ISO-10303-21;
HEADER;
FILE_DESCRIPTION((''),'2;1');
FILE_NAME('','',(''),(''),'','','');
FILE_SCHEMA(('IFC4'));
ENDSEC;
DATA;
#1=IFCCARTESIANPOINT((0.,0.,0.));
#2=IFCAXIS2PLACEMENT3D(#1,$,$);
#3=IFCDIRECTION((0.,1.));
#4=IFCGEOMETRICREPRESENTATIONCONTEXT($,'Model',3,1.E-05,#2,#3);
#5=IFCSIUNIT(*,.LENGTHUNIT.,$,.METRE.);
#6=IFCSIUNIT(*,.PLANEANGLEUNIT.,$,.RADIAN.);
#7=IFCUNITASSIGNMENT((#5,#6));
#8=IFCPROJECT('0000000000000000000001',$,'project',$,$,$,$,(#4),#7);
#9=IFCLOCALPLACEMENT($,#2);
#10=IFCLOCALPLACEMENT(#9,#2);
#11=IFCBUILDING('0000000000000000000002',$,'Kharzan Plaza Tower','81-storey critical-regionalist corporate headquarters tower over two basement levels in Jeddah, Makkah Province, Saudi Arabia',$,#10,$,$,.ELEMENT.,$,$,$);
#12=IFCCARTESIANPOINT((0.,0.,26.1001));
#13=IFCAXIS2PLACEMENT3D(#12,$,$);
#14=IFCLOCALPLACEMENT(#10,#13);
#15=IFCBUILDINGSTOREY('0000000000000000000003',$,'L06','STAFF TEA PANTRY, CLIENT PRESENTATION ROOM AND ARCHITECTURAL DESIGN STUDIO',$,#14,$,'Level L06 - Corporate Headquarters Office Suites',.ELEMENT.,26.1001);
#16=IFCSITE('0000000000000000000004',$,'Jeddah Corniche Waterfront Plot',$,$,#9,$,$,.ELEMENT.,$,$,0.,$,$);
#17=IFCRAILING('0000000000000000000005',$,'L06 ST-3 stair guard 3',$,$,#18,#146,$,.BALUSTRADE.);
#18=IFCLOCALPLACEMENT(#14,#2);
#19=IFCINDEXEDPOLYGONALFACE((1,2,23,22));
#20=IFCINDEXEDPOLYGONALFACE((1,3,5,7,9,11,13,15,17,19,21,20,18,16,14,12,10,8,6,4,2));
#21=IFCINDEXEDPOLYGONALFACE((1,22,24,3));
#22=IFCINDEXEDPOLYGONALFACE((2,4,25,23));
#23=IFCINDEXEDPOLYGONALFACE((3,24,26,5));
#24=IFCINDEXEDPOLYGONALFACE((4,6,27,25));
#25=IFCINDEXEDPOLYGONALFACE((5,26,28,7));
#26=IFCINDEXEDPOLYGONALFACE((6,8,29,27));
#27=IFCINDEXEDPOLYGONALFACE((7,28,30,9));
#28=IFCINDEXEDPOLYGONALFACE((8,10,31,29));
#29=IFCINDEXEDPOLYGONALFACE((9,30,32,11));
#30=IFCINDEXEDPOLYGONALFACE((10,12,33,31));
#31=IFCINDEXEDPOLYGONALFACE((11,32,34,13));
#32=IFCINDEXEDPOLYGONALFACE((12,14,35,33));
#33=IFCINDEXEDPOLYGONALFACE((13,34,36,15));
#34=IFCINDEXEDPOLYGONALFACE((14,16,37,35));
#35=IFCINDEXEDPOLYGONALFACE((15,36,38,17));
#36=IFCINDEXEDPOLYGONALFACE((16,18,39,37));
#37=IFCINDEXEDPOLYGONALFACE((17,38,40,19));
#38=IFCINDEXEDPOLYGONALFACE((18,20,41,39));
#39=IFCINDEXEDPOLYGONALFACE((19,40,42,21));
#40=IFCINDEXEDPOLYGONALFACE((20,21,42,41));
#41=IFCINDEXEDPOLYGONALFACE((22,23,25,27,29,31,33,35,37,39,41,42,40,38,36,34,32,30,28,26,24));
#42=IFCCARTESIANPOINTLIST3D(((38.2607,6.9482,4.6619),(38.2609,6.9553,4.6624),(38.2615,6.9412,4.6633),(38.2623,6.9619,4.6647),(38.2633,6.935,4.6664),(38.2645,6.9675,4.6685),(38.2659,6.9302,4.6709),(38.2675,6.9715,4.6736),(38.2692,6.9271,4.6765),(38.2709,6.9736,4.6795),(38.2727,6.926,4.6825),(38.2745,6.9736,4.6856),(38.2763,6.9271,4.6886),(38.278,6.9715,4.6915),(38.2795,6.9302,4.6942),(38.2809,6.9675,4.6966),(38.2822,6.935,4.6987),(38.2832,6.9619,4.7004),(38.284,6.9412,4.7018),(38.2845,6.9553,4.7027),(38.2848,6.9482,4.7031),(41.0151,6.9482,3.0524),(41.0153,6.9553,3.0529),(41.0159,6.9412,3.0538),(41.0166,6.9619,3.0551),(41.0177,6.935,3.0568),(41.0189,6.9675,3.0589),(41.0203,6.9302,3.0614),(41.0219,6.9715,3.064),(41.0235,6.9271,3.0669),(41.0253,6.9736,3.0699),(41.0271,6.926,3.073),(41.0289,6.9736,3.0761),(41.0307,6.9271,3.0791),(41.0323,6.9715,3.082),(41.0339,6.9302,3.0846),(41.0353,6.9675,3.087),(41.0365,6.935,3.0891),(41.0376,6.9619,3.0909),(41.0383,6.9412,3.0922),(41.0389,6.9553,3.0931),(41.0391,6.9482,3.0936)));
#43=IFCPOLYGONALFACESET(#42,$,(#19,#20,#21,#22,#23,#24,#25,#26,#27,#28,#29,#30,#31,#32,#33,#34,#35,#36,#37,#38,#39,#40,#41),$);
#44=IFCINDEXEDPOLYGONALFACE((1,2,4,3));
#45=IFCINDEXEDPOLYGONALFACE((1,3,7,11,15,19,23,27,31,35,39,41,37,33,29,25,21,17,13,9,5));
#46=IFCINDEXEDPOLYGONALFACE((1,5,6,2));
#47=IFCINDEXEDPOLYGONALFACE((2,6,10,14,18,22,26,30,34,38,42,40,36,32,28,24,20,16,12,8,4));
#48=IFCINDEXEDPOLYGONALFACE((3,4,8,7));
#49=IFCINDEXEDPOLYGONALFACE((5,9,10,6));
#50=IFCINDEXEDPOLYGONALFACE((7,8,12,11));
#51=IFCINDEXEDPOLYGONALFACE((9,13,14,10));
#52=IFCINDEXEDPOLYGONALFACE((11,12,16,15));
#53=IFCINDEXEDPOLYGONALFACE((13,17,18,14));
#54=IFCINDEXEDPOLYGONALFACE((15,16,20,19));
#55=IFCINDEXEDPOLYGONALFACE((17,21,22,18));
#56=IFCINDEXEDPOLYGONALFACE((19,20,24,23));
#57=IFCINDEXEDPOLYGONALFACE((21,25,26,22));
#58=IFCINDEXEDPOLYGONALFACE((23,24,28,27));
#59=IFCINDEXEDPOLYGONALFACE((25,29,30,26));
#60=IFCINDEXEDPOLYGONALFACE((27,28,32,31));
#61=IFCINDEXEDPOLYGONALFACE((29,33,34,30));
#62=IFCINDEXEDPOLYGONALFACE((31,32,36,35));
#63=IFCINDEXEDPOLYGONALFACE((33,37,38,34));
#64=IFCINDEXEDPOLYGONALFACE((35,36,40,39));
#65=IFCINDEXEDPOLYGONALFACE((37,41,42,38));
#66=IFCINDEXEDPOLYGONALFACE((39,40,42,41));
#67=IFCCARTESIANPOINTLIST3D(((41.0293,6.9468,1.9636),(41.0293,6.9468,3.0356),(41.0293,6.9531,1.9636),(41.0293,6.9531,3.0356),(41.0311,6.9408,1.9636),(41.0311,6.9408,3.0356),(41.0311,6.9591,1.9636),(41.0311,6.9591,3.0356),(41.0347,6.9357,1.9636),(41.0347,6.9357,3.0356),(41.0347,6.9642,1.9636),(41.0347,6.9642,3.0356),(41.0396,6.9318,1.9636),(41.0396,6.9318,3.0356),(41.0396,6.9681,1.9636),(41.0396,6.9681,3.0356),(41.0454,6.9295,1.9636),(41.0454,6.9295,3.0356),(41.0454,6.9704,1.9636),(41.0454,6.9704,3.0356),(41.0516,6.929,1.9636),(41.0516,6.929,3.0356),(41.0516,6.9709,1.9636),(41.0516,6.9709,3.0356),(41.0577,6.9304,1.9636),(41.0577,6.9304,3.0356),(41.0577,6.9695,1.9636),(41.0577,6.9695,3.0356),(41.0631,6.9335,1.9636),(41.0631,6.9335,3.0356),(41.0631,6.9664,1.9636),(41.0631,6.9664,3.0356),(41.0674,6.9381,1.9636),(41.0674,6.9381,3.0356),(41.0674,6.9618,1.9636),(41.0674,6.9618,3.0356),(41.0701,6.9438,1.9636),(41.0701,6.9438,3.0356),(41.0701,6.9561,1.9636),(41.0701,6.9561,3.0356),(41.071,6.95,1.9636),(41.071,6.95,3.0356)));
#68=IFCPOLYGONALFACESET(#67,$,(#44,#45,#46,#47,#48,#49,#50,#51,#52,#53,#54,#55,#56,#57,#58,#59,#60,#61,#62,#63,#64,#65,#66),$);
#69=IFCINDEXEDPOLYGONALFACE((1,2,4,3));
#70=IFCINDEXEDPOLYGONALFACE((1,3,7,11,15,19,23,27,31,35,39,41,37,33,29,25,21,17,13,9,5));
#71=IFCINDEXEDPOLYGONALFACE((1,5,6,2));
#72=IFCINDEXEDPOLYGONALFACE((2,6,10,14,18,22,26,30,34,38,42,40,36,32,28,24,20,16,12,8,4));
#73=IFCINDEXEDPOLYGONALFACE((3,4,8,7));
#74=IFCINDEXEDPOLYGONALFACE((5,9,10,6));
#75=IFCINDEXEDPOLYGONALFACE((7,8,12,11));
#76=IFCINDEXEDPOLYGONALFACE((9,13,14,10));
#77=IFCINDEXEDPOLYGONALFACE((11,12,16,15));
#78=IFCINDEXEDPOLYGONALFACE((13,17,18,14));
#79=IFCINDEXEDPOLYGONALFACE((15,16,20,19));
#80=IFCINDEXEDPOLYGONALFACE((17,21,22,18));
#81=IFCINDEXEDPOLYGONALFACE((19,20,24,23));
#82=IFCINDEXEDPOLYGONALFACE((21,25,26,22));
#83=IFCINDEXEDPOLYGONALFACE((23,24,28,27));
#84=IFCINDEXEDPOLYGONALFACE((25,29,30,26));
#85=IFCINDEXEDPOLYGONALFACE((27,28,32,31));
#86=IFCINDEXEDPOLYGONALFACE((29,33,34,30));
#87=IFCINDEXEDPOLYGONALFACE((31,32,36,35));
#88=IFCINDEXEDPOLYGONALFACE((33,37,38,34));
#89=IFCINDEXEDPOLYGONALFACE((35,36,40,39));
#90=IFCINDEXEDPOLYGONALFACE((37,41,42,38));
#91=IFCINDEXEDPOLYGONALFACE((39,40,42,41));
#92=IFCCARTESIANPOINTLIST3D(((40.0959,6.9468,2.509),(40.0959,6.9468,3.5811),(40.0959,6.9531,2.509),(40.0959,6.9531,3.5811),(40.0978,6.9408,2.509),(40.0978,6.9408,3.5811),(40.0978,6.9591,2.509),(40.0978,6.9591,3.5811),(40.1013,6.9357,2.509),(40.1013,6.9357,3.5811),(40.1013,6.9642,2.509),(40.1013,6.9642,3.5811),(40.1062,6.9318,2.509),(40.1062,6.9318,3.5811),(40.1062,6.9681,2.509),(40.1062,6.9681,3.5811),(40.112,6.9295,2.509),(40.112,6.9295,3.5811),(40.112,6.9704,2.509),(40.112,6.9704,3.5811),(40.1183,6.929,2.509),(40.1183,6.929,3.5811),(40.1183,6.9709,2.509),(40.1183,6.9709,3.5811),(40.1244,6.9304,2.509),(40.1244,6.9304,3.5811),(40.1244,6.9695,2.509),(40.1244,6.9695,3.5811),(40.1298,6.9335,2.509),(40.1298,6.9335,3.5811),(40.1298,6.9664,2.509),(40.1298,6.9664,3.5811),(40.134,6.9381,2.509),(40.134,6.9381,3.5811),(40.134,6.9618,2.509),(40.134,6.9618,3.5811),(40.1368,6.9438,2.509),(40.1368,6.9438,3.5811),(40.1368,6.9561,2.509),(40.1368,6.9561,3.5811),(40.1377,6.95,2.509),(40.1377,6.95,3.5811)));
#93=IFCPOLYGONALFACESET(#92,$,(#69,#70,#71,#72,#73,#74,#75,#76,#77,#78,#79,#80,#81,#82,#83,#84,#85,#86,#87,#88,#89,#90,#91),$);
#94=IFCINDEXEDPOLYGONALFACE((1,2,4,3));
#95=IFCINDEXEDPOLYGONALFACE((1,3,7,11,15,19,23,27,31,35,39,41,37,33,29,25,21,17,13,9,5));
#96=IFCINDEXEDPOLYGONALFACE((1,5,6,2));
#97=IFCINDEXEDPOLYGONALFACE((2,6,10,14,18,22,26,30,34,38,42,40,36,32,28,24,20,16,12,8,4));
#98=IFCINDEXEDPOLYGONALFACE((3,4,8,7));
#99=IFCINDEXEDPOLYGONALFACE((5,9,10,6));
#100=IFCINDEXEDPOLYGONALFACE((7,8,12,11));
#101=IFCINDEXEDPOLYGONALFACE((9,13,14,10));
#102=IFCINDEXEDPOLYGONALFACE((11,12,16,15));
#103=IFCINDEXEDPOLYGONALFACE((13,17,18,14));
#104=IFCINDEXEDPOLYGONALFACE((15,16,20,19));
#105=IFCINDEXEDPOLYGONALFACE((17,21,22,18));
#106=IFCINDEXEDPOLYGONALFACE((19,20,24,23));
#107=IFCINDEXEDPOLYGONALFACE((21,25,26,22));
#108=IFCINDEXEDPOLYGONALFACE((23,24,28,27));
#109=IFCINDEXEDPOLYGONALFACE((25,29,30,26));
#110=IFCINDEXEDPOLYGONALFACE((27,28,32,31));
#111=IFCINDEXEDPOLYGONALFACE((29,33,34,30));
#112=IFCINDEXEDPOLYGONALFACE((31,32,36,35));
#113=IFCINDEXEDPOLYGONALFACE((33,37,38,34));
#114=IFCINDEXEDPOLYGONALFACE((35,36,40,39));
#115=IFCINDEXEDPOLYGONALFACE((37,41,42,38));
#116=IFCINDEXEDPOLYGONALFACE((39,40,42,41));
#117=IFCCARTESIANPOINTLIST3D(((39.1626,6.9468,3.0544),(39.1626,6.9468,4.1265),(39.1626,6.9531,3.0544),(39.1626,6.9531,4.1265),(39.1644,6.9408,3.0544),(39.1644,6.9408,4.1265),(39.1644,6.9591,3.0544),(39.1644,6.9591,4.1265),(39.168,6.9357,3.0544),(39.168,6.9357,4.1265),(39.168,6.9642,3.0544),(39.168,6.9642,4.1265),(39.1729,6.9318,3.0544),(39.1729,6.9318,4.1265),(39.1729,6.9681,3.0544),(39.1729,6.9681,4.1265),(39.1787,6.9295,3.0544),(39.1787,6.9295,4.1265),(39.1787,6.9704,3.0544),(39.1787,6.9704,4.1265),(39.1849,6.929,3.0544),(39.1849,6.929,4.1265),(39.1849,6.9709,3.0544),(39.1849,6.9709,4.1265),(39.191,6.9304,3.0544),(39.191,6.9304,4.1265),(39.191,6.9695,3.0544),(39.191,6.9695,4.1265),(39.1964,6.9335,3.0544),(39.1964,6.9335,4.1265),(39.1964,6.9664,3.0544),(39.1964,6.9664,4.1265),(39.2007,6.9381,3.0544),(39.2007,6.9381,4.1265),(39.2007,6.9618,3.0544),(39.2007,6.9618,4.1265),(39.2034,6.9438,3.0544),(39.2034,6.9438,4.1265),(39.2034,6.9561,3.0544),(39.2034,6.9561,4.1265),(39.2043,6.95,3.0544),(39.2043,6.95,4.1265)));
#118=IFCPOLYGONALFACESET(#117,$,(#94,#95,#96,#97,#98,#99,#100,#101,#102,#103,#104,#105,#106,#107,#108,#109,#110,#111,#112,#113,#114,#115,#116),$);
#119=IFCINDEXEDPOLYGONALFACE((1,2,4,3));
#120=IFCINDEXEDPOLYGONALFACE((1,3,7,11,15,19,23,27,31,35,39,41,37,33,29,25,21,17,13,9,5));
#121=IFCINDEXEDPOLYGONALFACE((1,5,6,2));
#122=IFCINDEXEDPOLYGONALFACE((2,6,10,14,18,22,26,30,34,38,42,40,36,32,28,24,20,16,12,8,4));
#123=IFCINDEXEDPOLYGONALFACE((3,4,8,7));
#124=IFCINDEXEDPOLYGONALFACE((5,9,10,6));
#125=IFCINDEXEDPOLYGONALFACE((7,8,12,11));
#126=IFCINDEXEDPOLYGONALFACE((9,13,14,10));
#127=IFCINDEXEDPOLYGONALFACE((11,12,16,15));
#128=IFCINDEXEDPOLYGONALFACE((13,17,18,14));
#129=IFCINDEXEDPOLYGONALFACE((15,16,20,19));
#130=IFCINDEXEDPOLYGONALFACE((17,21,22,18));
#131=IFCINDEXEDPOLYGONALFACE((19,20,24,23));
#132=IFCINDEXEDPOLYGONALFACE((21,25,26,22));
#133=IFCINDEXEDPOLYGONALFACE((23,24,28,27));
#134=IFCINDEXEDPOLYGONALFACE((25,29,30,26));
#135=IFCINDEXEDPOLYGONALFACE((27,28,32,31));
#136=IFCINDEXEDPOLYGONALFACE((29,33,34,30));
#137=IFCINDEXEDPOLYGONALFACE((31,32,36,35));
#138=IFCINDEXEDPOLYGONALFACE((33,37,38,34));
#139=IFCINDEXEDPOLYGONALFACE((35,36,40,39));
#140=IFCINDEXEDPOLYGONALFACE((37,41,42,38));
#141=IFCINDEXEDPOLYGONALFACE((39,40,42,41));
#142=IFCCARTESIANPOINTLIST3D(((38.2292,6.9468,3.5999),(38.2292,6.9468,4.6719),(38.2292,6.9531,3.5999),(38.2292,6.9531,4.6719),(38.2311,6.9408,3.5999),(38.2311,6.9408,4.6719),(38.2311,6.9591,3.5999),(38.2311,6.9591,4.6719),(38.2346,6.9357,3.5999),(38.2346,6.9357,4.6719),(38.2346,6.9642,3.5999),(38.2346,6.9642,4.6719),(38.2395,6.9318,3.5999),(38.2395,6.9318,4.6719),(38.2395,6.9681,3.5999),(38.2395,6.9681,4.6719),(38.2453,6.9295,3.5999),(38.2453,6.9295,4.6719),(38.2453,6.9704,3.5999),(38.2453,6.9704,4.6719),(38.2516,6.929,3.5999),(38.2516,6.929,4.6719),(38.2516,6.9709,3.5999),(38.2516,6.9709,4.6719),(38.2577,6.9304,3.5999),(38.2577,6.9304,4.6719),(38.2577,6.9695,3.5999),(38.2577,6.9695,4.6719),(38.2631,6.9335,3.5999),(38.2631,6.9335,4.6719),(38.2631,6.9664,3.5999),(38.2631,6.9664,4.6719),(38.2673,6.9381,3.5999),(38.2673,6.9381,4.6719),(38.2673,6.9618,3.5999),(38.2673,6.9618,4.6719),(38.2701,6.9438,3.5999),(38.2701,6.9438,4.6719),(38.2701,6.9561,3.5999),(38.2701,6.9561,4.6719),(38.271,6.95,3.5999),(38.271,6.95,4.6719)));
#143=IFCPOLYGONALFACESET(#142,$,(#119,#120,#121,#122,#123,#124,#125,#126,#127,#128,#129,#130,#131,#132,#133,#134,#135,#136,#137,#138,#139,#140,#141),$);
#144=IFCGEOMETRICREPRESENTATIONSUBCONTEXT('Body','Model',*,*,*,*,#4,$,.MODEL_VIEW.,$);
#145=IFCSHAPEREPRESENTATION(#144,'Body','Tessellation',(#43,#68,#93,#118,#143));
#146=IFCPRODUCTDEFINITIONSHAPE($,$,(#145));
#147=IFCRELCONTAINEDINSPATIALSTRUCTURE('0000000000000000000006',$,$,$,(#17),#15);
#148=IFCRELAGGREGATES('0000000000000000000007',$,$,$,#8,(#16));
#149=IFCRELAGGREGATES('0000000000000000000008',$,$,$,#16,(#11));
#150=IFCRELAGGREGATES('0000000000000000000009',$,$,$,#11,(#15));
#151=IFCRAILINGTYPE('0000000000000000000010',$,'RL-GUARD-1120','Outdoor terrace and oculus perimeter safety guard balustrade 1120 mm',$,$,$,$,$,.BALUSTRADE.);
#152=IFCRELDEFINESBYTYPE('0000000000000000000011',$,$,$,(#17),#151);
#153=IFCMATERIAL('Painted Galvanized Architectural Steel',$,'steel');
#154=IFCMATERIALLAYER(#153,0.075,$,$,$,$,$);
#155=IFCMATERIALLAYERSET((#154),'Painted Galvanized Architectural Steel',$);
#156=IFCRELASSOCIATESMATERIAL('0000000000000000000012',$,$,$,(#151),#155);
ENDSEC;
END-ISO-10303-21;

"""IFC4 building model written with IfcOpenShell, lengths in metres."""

from ifc_helpers import new_model, si_unit, direction, frame, origin, origin_2d, place, context, subcontext, project, spatial, circle, extrude, source, transform, mapped, material, layer, layer_set, type_object, element, save


model = new_model("IFC4")

# Units and contexts
model_context = context("Model", 3, precision=1e-05, world=origin(), true_north=direction((0.0, 1.0)))
body_context = subcontext(model_context, "Body", "Model", "MODEL_VIEW")
ifc_project = project(units=[si_unit("LENGTHUNIT", "METRE"), si_unit("PLANEANGLEUNIT", "RADIAN")], contexts=[model_context])

# Site, building, storey
site_placement = place(None, origin())
site = spatial("IfcSite", under=ifc_project, at=site_placement, Name="Jeddah Corniche Waterfront Plot", CompositionType="ELEMENT", RefElevation=0.0)
building_placement = place(site_placement, origin())
building = spatial("IfcBuilding", under=site, at=building_placement, Name="Kharzan Plaza Tower", Description="81-storey critical-regionalist corporate headquarters tower over two basement levels in Jeddah, Makkah Province, Saudi Arabia", CompositionType="ELEMENT")
storey_placement = place(building_placement, frame((0.0, 0.0, 26.1001)))
storey = spatial("IfcBuildingStorey", under=building, at=storey_placement, Name="L06", Description="STAFF TEA PANTRY, CLIENT PRESENTATION ROOM AND ARCHITECTURAL DESIGN STUDIO", LongName="Level L06 - Corporate Headquarters Office Suites", CompositionType="ELEMENT", Elevation=26.1001)

# Railing
ifc_material_1 = material(Name="Painted Galvanized Architectural Steel", Category="steel")
ifc_layer_1 = layer(ifc_material_1, 0.075)
ifc_layer_set_1 = layer_set([ifc_layer_1], Name="Painted Galvanized Architectural Steel")
railing_type_1 = type_object("IfcRailingType", Name="RL-GUARD-1120", Description="Outdoor terrace and oculus perimeter safety guard balustrade 1120 mm", PredefinedType="BALUSTRADE", material=ifc_layer_set_1)
shared_shape_1 = source(origin(), body_context, "Body", "SweptSolid", [
    extrude(circle(Radius=0.0239, at=origin_2d()), frame((-0.0229, 0.0, 1.1094), z_axis=(-0.863394, 0.0, 0.504531), x_axis=(0.0, -1.0, 0.0)), (0.0, 0.0, 1.0), 3.1902),
    extrude(circle(Radius=0.021, at=origin_2d()), origin(), (0.0, 0.0, 1.0), 1.072),
    extrude(circle(Radius=0.021, at=origin_2d()), frame((-0.9333, 0.0, 0.5454)), (0.0, 0.0, 1.0), 1.072),
    extrude(circle(Radius=0.021, at=origin_2d()), frame((-1.8667, 0.0, 1.0908)), (0.0, 0.0, 1.0), 1.072),
    extrude(circle(Radius=0.021, at=origin_2d()), frame((-2.8, 0.0, 1.6362)), (0.0, 0.0, 1.0), 1.072),
])
railing_1_placement = place(storey_placement, frame((41.05, 6.95, 1.9636)))
element("IfcRailing", 1, at=railing_1_placement, inside=storey, type_object=railing_type_1, Name="L06 ST-3 stair guard 3", PredefinedType="BALUSTRADE", context=body_context, shape_type="MappedRepresentation", body=[
    mapped(shared_shape_1, transform((0.0, 0.0, 0.0), x_axis=(1.0, 0.0, 0.0), y_axis=(0.0, 1.0, 0.0), z_axis=(0.0, 0.0, 1.0))),
])

save(model, "model.ifc")
